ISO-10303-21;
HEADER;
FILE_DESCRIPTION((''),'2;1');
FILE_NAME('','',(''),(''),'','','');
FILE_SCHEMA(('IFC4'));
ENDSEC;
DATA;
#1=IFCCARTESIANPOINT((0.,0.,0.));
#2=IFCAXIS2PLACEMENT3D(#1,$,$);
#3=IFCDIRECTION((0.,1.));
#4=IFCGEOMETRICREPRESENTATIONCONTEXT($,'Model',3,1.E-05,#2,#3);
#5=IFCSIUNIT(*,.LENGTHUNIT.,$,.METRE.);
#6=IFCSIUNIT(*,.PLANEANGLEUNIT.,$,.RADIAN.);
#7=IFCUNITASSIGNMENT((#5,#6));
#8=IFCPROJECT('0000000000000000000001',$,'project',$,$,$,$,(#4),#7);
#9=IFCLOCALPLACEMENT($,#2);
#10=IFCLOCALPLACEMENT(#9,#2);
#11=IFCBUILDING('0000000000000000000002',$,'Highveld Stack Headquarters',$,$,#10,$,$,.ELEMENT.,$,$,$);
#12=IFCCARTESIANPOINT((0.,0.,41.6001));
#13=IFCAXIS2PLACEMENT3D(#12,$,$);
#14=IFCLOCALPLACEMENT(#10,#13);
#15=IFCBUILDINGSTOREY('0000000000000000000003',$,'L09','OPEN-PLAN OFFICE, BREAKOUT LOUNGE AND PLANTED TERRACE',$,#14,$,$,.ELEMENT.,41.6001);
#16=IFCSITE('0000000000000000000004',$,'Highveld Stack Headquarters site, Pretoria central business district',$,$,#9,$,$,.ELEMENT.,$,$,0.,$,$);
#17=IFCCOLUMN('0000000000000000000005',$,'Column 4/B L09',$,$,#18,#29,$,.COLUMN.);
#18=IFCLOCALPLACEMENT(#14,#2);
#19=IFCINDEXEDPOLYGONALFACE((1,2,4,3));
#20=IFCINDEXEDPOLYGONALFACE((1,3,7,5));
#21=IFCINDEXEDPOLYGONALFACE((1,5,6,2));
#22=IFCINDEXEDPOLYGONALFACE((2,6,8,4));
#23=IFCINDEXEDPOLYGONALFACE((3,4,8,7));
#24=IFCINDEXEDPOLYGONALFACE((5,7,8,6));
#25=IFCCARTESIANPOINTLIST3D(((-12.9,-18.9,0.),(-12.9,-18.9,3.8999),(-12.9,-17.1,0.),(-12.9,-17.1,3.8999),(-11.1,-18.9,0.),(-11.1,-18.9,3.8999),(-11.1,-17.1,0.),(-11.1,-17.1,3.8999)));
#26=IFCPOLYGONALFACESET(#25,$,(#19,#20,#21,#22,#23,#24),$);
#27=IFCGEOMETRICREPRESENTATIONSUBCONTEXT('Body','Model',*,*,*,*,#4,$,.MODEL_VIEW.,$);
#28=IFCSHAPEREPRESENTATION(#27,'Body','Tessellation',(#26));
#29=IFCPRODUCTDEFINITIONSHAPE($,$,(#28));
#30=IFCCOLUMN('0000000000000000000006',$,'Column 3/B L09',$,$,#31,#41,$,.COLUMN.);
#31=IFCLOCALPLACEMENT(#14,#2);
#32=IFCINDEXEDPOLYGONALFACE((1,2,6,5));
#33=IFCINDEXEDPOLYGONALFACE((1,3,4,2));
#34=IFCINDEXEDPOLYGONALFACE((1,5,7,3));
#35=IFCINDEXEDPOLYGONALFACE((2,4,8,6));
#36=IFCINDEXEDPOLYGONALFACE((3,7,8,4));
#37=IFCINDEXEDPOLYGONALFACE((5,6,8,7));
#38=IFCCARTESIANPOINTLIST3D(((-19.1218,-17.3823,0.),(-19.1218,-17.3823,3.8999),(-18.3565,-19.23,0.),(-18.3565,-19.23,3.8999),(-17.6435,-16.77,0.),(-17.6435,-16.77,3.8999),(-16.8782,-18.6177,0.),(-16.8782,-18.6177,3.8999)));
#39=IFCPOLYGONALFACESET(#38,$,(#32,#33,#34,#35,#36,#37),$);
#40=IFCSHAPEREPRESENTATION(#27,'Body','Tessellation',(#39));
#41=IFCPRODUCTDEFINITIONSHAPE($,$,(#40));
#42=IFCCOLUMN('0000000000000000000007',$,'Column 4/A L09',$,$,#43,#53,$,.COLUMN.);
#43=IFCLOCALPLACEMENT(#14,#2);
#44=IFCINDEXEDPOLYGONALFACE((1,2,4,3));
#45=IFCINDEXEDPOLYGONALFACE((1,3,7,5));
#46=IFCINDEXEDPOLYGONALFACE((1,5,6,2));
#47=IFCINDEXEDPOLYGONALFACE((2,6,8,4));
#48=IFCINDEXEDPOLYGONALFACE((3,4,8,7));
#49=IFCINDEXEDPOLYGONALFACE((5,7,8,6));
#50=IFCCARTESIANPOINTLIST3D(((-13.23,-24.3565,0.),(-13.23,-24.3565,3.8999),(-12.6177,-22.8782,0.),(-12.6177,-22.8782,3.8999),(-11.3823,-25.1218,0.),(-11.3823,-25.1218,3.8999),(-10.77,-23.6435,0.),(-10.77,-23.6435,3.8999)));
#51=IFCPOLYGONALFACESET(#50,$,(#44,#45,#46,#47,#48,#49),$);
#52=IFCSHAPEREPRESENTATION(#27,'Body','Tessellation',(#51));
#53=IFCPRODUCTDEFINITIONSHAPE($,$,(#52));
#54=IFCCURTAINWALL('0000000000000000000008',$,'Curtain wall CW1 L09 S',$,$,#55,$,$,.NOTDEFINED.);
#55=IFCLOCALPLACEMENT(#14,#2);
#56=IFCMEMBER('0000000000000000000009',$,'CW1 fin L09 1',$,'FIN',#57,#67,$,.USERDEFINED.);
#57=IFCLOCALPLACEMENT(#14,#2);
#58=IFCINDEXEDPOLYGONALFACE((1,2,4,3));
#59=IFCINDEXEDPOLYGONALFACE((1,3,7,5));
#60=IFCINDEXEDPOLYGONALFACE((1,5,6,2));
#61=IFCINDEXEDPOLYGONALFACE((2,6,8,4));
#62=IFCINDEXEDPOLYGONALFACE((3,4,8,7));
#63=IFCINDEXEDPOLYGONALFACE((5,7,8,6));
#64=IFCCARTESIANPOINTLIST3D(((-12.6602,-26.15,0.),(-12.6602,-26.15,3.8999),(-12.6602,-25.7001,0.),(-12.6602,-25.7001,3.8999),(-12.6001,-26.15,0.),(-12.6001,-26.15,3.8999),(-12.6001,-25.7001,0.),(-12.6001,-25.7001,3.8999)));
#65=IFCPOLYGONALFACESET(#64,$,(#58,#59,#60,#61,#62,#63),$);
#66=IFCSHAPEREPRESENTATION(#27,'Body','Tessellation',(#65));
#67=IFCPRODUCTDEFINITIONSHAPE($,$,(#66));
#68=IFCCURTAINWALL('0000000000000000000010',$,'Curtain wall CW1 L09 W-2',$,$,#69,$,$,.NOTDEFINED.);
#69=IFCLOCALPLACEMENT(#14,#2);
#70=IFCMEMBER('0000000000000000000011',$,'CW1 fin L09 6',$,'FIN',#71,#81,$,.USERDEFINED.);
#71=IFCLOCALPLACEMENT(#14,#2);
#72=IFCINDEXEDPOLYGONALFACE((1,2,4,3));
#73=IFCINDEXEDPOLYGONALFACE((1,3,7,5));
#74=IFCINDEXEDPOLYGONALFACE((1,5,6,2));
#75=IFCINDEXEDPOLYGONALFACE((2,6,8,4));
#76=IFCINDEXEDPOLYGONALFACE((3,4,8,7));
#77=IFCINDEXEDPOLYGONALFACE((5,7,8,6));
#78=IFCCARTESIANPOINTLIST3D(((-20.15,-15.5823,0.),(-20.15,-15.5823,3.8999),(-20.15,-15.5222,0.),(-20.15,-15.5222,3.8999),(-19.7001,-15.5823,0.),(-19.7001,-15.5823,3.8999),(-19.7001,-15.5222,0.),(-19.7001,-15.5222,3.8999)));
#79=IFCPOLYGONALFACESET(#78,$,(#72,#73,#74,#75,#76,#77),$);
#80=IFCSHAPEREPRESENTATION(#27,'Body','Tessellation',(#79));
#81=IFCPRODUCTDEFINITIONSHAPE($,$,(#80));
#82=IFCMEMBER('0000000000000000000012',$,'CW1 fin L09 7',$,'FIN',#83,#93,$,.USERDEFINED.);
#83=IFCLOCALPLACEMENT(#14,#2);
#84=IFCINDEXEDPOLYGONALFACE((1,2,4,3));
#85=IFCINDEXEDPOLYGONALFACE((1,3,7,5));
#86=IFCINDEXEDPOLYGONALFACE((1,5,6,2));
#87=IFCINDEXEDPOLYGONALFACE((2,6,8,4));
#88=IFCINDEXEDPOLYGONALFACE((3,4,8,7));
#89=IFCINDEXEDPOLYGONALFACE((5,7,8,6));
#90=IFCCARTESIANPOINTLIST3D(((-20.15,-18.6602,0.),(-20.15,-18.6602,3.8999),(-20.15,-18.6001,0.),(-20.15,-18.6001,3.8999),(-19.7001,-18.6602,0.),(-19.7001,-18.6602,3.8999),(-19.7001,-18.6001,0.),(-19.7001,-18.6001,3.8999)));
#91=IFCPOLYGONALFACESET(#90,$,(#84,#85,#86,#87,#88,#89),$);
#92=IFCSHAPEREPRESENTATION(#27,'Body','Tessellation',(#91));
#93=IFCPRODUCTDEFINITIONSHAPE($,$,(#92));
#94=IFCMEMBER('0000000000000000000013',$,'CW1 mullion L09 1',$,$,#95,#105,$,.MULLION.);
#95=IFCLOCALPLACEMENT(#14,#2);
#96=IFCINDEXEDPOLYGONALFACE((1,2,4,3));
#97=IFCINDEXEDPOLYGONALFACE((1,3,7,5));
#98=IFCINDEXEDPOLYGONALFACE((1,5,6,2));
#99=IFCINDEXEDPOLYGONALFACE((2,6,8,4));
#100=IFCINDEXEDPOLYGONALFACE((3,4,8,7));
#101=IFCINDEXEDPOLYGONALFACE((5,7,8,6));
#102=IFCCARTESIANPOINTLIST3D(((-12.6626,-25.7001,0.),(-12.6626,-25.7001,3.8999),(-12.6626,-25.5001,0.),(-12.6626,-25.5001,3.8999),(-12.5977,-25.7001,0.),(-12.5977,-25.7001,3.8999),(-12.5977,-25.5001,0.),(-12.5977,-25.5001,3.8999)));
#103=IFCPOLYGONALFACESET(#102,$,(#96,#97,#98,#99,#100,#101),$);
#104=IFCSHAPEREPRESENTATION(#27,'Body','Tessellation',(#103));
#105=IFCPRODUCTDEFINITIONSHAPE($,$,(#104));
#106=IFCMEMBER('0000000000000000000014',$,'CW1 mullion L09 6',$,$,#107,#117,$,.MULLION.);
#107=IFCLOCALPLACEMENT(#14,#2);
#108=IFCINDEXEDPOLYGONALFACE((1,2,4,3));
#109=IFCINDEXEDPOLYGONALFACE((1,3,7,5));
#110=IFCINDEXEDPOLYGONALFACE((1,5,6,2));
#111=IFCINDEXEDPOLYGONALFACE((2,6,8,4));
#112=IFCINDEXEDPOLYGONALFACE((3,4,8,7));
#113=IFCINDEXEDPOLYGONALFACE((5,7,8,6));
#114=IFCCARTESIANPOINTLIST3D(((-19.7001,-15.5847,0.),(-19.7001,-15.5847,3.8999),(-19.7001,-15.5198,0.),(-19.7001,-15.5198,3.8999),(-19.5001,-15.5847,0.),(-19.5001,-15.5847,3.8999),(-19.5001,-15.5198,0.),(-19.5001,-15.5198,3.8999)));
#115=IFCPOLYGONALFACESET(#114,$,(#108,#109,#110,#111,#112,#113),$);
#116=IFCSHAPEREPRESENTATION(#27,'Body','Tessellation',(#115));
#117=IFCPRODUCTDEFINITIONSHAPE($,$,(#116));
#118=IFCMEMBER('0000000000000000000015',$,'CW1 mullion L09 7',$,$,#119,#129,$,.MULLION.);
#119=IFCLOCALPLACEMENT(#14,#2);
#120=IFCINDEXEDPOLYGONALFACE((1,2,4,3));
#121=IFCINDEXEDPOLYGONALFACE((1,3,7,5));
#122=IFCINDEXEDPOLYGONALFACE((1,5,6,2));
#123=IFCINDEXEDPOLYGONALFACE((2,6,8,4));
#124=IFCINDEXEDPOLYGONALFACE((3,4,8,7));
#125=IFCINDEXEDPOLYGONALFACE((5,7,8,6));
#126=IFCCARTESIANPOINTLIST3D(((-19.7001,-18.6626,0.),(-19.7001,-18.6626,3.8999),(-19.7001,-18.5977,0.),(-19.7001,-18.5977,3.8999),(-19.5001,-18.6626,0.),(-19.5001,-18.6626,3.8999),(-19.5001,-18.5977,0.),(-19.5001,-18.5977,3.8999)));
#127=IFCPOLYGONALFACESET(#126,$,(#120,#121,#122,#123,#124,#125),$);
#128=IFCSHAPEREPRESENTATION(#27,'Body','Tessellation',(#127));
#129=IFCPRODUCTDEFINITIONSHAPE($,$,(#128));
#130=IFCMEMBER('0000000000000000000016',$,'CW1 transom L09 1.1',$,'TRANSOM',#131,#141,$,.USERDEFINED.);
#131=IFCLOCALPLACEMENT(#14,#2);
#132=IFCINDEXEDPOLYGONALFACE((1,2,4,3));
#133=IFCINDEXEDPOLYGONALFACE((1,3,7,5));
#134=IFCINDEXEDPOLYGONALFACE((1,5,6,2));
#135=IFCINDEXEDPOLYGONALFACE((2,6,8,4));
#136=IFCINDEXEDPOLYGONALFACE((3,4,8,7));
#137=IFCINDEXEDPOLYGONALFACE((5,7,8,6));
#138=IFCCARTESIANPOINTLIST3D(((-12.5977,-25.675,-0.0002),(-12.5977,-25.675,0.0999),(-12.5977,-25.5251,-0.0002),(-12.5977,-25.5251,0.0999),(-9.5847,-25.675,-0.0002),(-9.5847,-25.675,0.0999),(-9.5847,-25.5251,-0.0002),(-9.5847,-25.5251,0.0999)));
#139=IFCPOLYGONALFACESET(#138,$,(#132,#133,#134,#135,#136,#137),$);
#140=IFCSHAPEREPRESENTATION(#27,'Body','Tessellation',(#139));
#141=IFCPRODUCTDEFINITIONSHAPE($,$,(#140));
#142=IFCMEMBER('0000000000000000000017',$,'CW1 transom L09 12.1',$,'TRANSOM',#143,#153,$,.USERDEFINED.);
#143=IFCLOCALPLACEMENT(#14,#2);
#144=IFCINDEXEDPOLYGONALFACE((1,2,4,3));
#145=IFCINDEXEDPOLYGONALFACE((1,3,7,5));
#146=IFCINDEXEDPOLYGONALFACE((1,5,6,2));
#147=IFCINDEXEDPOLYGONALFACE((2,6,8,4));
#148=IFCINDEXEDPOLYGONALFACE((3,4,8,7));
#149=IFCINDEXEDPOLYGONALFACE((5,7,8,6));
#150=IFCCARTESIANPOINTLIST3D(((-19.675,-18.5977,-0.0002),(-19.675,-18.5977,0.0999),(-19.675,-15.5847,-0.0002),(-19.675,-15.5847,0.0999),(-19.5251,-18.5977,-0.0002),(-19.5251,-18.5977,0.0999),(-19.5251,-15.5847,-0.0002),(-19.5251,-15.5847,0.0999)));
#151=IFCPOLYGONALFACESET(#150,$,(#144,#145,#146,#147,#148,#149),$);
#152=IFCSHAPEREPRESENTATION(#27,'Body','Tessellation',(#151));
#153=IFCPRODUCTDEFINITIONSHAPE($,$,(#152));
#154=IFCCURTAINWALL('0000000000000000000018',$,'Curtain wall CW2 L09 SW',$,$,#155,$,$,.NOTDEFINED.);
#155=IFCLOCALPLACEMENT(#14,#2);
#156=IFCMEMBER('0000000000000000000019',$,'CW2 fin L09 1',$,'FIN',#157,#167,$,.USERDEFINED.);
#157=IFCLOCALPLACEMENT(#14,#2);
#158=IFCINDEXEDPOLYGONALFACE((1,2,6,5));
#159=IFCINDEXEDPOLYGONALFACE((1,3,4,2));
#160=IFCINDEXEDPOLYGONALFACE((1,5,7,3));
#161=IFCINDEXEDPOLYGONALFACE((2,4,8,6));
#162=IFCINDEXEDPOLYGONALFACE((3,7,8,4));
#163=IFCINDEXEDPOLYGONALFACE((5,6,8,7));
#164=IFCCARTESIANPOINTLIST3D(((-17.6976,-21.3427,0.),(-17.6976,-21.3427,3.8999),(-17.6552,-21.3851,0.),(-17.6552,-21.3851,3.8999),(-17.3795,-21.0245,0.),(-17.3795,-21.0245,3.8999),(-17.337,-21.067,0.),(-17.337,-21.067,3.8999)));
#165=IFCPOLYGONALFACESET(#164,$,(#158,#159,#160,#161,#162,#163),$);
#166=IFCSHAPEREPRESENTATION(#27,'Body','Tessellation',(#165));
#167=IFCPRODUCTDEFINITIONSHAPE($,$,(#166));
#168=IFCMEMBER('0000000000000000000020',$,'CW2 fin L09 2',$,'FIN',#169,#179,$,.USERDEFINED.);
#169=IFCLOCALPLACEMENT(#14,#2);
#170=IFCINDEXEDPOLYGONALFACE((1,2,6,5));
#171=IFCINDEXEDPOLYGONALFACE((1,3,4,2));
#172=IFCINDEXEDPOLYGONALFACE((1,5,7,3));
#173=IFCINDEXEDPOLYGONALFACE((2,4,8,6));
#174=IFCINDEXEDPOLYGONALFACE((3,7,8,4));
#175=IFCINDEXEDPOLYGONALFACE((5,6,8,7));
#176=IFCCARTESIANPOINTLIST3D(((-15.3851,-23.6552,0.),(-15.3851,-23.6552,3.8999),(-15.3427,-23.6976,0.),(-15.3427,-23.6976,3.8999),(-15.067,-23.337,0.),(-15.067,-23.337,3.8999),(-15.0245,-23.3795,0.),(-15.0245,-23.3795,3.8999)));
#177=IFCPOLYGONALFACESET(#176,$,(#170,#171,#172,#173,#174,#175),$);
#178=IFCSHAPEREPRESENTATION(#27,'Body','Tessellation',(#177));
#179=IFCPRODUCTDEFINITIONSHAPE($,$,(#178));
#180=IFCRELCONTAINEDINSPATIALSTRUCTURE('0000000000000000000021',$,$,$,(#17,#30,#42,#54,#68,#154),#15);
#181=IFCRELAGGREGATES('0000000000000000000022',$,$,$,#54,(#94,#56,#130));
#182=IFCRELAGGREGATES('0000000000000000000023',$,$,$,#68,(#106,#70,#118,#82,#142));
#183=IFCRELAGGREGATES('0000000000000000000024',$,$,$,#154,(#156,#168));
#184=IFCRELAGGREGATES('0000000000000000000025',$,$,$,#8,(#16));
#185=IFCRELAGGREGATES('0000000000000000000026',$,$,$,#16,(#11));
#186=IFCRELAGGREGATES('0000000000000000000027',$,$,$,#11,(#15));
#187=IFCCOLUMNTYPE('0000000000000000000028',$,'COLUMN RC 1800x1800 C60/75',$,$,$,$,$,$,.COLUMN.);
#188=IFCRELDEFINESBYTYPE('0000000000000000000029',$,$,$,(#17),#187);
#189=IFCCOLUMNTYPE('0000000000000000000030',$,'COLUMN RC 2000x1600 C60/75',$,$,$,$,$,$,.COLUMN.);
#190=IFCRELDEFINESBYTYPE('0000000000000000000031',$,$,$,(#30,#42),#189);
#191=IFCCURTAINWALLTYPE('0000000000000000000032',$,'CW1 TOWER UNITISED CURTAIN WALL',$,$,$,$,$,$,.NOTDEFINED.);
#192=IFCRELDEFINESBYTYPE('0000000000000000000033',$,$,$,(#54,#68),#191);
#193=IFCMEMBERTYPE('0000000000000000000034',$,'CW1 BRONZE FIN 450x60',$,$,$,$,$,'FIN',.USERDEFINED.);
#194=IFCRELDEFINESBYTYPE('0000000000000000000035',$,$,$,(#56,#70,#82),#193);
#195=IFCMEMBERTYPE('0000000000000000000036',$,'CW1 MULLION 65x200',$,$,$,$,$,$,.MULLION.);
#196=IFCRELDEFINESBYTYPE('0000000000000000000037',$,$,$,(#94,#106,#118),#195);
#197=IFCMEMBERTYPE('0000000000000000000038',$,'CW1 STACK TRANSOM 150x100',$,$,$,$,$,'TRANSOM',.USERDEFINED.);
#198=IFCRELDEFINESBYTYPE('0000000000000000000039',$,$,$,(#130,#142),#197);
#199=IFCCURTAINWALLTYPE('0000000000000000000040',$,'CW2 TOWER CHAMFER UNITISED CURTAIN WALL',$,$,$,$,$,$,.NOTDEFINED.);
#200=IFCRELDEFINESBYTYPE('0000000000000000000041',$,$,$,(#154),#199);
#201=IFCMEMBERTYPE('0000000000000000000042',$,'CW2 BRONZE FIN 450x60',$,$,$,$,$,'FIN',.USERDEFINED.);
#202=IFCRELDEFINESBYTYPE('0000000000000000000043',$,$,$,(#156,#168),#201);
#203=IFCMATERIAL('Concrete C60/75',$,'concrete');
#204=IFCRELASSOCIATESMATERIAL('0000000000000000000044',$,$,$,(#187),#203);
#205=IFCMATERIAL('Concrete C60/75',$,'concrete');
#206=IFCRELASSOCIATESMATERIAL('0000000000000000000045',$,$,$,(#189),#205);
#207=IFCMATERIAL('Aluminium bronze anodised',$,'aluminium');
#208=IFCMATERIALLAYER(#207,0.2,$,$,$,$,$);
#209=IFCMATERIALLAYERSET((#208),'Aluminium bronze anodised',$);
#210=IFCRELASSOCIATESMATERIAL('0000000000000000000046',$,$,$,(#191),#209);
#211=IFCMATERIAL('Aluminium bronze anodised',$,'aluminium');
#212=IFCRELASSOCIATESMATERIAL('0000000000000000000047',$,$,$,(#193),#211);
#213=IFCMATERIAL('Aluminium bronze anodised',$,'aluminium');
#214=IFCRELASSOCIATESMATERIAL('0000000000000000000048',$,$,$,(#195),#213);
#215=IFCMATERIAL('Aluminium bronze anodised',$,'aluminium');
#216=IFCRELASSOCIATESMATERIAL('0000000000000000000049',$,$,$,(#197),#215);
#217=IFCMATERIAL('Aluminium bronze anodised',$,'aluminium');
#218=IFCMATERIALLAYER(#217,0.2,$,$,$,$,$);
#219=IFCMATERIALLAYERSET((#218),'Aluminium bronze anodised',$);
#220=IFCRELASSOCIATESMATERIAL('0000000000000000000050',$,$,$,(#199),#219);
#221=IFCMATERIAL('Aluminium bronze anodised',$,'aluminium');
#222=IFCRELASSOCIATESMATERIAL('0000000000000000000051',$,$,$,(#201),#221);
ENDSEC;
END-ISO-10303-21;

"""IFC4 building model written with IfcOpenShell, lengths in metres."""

from ifc_helpers import new_model, si_unit, direction, frame, origin, origin_2d, place, context, subcontext, project, spatial, rectangle, extrude, material, layer, layer_set, material_profile, profile_set, type_object, element, aggregate, save


model = new_model("IFC4")

# Units and contexts
model_context = context("Model", 3, precision=1e-05, world=origin(), true_north=direction((0.0, 1.0)))
body_context = subcontext(model_context, "Body", "Model", "MODEL_VIEW")
ifc_project = project(units=[si_unit("LENGTHUNIT", "METRE"), si_unit("PLANEANGLEUNIT", "RADIAN")], contexts=[model_context])

# Site, building, storey
site_placement = place(None, origin())
site = spatial("IfcSite", under=ifc_project, at=site_placement, Name="Highveld Stack Headquarters site, Pretoria central business district", CompositionType="ELEMENT", RefElevation=0.0)
building_placement = place(site_placement, origin())
building = spatial("IfcBuilding", under=site, at=building_placement, Name="Highveld Stack Headquarters", CompositionType="ELEMENT")
storey_placement = place(building_placement, frame((0.0, 0.0, 41.6001)))
storey = spatial("IfcBuildingStorey", under=building, at=storey_placement, Name="L09", Description="OPEN-PLAN OFFICE, BREAKOUT LOUNGE AND PLANTED TERRACE", CompositionType="ELEMENT", Elevation=41.6001)

# Columns
ifc_material_1 = material(Name="Concrete C60/75", Category="concrete")
ifc_material_profile_1 = material_profile(ifc_material_1, rectangle(XDim=1.8, YDim=1.8, at=origin_2d()), Name="RC 1800x1800")
ifc_profile_set_1 = profile_set([ifc_material_profile_1], Name="Concrete C60/75")
column_type_1 = type_object("IfcColumnType", Name="COLUMN RC 1800x1800 C60/75", PredefinedType="COLUMN", material=ifc_profile_set_1)
column_placement = place(storey_placement, frame((-12.0, -18.0, 0.0), z_axis=(0.0, 0.0, 1.0), x_axis=(1.0, 0.0, 0.0)))
element("IfcColumn", 1, at=column_placement, inside=storey, type_object=column_type_1, Name="Column 4/B L09", PredefinedType="COLUMN", context=body_context, shape_type="SweptSolid", body=[
    extrude(rectangle(XDim=1.8, YDim=1.8, at=origin_2d()), origin(), (0.0, 0.0, 1.0), 3.8999),
])
ifc_material_2 = material(Name="Concrete C60/75", Category="concrete")
ifc_material_profile_2 = material_profile(ifc_material_2, rectangle(XDim=2.0, YDim=1.6001, at=origin_2d()), Name="RC 2000x1600")
ifc_profile_set_2 = profile_set([ifc_material_profile_2], Name="Concrete C60/75")
column_type_2 = type_object("IfcColumnType", Name="COLUMN RC 2000x1600 C60/75", PredefinedType="COLUMN", material=ifc_profile_set_2)
for number, where, z_axis, x_axis, name in (
    (2, (-18.0, -18.0, 0.0), (0.0, 0.0, 1.0), (-0.382683, 0.92388, 0.0), "Column 3/B L09"),
    (3, (-12.0, -24.0, 0.0), (0.0, 0.0, 1.0), (-0.92388, 0.382683, 0.0), "Column 4/A L09"),
):
    element("IfcColumn", number, at=place(storey_placement, frame(where, z_axis=z_axis, x_axis=x_axis)), inside=storey, type_object=column_type_2, Name=name, PredefinedType="COLUMN", context=body_context, shape_type="SweptSolid", body=[
        extrude(rectangle(XDim=2.0, YDim=1.6001, at=origin_2d()), origin(), (0.0, 0.0, 1.0), 3.8999),
    ])

# Curtain wall, member
ifc_material_3 = material(Name="Aluminium bronze anodised", Category="aluminium")
ifc_layer_1 = layer(ifc_material_3, 0.2)
ifc_layer_set_1 = layer_set([ifc_layer_1], Name="Aluminium bronze anodised")
curtain_wall_type_1 = type_object("IfcCurtainWallType", Name="CW1 TOWER UNITISED CURTAIN WALL", PredefinedType="NOTDEFINED", material=ifc_layer_set_1)
curtain_wall_1_placement = place(storey_placement, origin())
curtain_wall_1 = element("IfcCurtainWall", 4, at=curtain_wall_1_placement, inside=storey, type_object=curtain_wall_type_1, Name="Curtain wall CW1 L09 S", PredefinedType="NOTDEFINED")
ifc_material_4 = material(Name="Aluminium bronze anodised", Category="aluminium")
ifc_material_profile_3 = material_profile(ifc_material_4, rectangle(XDim=0.45, YDim=0.0601, at=origin_2d()), Name="FIN 450x60")
ifc_profile_set_3 = profile_set([ifc_material_profile_3], Name="Aluminium bronze anodised")
member_type_1 = type_object("IfcMemberType", Name="CW1 BRONZE FIN 450x60", ElementType="FIN", PredefinedType="USERDEFINED", material=ifc_profile_set_3)
member_1_placement = place(storey_placement, frame((-12.6301, -25.925, 0.0), z_axis=(0.0, 0.0, 1.0), x_axis=(0.0, 1.0, 0.0)))
member_1 = element("IfcMember", 5, at=member_1_placement, type_object=member_type_1, Name="CW1 fin L09 1", ObjectType="FIN", PredefinedType="USERDEFINED", context=body_context, shape_type="SweptSolid", body=[
    extrude(rectangle(XDim=0.45, YDim=0.0601, at=origin_2d()), origin(), (0.0, 0.0, 1.0), 3.8999),
])

# Curtain wall, members
curtain_wall_2_placement = place(storey_placement, origin())
curtain_wall_2 = element("IfcCurtainWall", 6, at=curtain_wall_2_placement, inside=storey, type_object=curtain_wall_type_1, Name="Curtain wall CW1 L09 W-2", PredefinedType="NOTDEFINED")
member_2_placement = place(storey_placement, frame((-19.925, -15.5522, 0.0), z_axis=(0.0, 0.0, 1.0), x_axis=(1.0, 0.0, 0.0)))
member_2 = element("IfcMember", 7, at=member_2_placement, type_object=member_type_1, Name="CW1 fin L09 6", ObjectType="FIN", PredefinedType="USERDEFINED", context=body_context, shape_type="SweptSolid", body=[
    extrude(rectangle(XDim=0.45, YDim=0.0601, at=origin_2d()), origin(), (0.0, 0.0, 1.0), 3.8999),
])
member_3_placement = place(storey_placement, frame((-19.925, -18.6301, 0.0), z_axis=(0.0, 0.0, 1.0), x_axis=(1.0, 0.0, 0.0)))
member_3 = element("IfcMember", 8, at=member_3_placement, type_object=member_type_1, Name="CW1 fin L09 7", ObjectType="FIN", PredefinedType="USERDEFINED", context=body_context, shape_type="SweptSolid", body=[
    extrude(rectangle(XDim=0.45, YDim=0.0601, at=origin_2d()), origin(), (0.0, 0.0, 1.0), 3.8999),
])

# Members
ifc_material_5 = material(Name="Aluminium bronze anodised", Category="aluminium")
ifc_material_profile_4 = material_profile(ifc_material_5, rectangle(XDim=0.2, YDim=0.0649, at=origin_2d()), Name="CW1 MULLION 65x200")
ifc_profile_set_4 = profile_set([ifc_material_profile_4], Name="Aluminium bronze anodised")
member_type_2 = type_object("IfcMemberType", Name="CW1 MULLION 65x200", PredefinedType="MULLION", material=ifc_profile_set_4)
member_4_placement = place(storey_placement, frame((-12.6301, -25.6001, 0.0), z_axis=(0.0, 0.0, 1.0), x_axis=(0.0, 1.0, 0.0)))
member_4 = element("IfcMember", 9, at=member_4_placement, type_object=member_type_2, Name="CW1 mullion L09 1", PredefinedType="MULLION", context=body_context, shape_type="SweptSolid", body=[
    extrude(rectangle(XDim=0.2, YDim=0.0649, at=origin_2d()), origin(), (0.0, 0.0, 1.0), 3.8999),
])
member_5_placement = place(storey_placement, frame((-19.6001, -15.5522, 0.0), z_axis=(0.0, 0.0, 1.0), x_axis=(1.0, 0.0, 0.0)))
member_5 = element("IfcMember", 10, at=member_5_placement, type_object=member_type_2, Name="CW1 mullion L09 6", PredefinedType="MULLION", context=body_context, shape_type="SweptSolid", body=[
    extrude(rectangle(XDim=0.2, YDim=0.0649, at=origin_2d()), origin(), (0.0, 0.0, 1.0), 3.8999),
])
member_6_placement = place(storey_placement, frame((-19.6001, -18.6301, 0.0), z_axis=(0.0, 0.0, 1.0), x_axis=(1.0, 0.0, 0.0)))
member_6 = element("IfcMember", 11, at=member_6_placement, type_object=member_type_2, Name="CW1 mullion L09 7", PredefinedType="MULLION", context=body_context, shape_type="SweptSolid", body=[
    extrude(rectangle(XDim=0.2, YDim=0.0649, at=origin_2d()), origin(), (0.0, 0.0, 1.0), 3.8999),
])
ifc_material_6 = material(Name="Aluminium bronze anodised", Category="aluminium")
ifc_material_profile_5 = material_profile(ifc_material_6, rectangle(XDim=0.1499, YDim=0.1001, at=origin_2d()), Name="CW1 TRANSOM 150x100")
ifc_profile_set_5 = profile_set([ifc_material_profile_5], Name="Aluminium bronze anodised")
member_type_3 = type_object("IfcMemberType", Name="CW1 STACK TRANSOM 150x100", ElementType="TRANSOM", PredefinedType="USERDEFINED", material=ifc_profile_set_5)
member_7_placement = place(storey_placement, frame((-12.5977, -25.6001, 0.0498), z_axis=(1.0, 0.0, 0.0), x_axis=(0.0, 1.0, 0.0)))
member_7 = element("IfcMember", 12, at=member_7_placement, type_object=member_type_3, Name="CW1 transom L09 1.1", ObjectType="TRANSOM", PredefinedType="USERDEFINED", context=body_context, shape_type="SweptSolid", body=[
    extrude(rectangle(XDim=0.1499, YDim=0.1001, at=origin_2d()), origin(), (0.0, 0.0, 1.0), 3.0129),
])
aggregate(curtain_wall_1, [member_4, member_1, member_7])
member_8_placement = place(storey_placement, frame((-19.6001, -15.5847, 0.0498), z_axis=(0.0, -1.0, 0.0), x_axis=(1.0, 0.0, 0.0)))
member_8 = element("IfcMember", 13, at=member_8_placement, type_object=member_type_3, Name="CW1 transom L09 12.1", ObjectType="TRANSOM", PredefinedType="USERDEFINED", context=body_context, shape_type="SweptSolid", body=[
    extrude(rectangle(XDim=0.1499, YDim=0.1001, at=origin_2d()), origin(), (0.0, 0.0, 1.0), 3.0129),
])

# Curtain wall, members
ifc_material_7 = material(Name="Aluminium bronze anodised", Category="aluminium")
ifc_layer_2 = layer(ifc_material_7, 0.2)
ifc_layer_set_2 = layer_set([ifc_layer_2], Name="Aluminium bronze anodised")
curtain_wall_type_2 = type_object("IfcCurtainWallType", Name="CW2 TOWER CHAMFER UNITISED CURTAIN WALL", PredefinedType="NOTDEFINED", material=ifc_layer_set_2)
curtain_wall_3_placement = place(storey_placement, origin())
curtain_wall_3 = element("IfcCurtainWall", 14, at=curtain_wall_3_placement, inside=storey, type_object=curtain_wall_type_2, Name="Curtain wall CW2 L09 SW", PredefinedType="NOTDEFINED")
ifc_material_8 = material(Name="Aluminium bronze anodised", Category="aluminium")
ifc_material_profile_6 = material_profile(ifc_material_8, rectangle(XDim=0.45, YDim=0.0601, at=origin_2d()), Name="FIN 450x60")
ifc_profile_set_6 = profile_set([ifc_material_profile_6], Name="Aluminium bronze anodised")
member_type_4 = type_object("IfcMemberType", Name="CW2 BRONZE FIN 450x60", ElementType="FIN", PredefinedType="USERDEFINED", material=ifc_profile_set_6)
member_9_placement = place(storey_placement, frame((-17.5173, -21.2048, 0.0), z_axis=(0.0, 0.0, 1.0), x_axis=(0.707107, 0.707107, 0.0)))
member_9 = element("IfcMember", 15, at=member_9_placement, type_object=member_type_4, Name="CW2 fin L09 1", ObjectType="FIN", PredefinedType="USERDEFINED", context=body_context, shape_type="SweptSolid", body=[
    extrude(rectangle(XDim=0.45, YDim=0.0601, at=origin_2d()), origin(), (0.0, 0.0, 1.0), 3.8999),
])
member_10_placement = place(storey_placement, frame((-15.2048, -23.5173, 0.0), z_axis=(0.0, 0.0, 1.0), x_axis=(0.707107, 0.707107, 0.0)))
member_10 = element("IfcMember", 16, at=member_10_placement, type_object=member_type_4, Name="CW2 fin L09 2", ObjectType="FIN", PredefinedType="USERDEFINED", context=body_context, shape_type="SweptSolid", body=[
    extrude(rectangle(XDim=0.45, YDim=0.0601, at=origin_2d()), origin(), (0.0, 0.0, 1.0), 3.8999),
])

aggregate(curtain_wall_2, [member_5, member_2, member_6, member_3, member_8])
aggregate(curtain_wall_3, [member_9, member_10])

save(model, "model.ifc")
